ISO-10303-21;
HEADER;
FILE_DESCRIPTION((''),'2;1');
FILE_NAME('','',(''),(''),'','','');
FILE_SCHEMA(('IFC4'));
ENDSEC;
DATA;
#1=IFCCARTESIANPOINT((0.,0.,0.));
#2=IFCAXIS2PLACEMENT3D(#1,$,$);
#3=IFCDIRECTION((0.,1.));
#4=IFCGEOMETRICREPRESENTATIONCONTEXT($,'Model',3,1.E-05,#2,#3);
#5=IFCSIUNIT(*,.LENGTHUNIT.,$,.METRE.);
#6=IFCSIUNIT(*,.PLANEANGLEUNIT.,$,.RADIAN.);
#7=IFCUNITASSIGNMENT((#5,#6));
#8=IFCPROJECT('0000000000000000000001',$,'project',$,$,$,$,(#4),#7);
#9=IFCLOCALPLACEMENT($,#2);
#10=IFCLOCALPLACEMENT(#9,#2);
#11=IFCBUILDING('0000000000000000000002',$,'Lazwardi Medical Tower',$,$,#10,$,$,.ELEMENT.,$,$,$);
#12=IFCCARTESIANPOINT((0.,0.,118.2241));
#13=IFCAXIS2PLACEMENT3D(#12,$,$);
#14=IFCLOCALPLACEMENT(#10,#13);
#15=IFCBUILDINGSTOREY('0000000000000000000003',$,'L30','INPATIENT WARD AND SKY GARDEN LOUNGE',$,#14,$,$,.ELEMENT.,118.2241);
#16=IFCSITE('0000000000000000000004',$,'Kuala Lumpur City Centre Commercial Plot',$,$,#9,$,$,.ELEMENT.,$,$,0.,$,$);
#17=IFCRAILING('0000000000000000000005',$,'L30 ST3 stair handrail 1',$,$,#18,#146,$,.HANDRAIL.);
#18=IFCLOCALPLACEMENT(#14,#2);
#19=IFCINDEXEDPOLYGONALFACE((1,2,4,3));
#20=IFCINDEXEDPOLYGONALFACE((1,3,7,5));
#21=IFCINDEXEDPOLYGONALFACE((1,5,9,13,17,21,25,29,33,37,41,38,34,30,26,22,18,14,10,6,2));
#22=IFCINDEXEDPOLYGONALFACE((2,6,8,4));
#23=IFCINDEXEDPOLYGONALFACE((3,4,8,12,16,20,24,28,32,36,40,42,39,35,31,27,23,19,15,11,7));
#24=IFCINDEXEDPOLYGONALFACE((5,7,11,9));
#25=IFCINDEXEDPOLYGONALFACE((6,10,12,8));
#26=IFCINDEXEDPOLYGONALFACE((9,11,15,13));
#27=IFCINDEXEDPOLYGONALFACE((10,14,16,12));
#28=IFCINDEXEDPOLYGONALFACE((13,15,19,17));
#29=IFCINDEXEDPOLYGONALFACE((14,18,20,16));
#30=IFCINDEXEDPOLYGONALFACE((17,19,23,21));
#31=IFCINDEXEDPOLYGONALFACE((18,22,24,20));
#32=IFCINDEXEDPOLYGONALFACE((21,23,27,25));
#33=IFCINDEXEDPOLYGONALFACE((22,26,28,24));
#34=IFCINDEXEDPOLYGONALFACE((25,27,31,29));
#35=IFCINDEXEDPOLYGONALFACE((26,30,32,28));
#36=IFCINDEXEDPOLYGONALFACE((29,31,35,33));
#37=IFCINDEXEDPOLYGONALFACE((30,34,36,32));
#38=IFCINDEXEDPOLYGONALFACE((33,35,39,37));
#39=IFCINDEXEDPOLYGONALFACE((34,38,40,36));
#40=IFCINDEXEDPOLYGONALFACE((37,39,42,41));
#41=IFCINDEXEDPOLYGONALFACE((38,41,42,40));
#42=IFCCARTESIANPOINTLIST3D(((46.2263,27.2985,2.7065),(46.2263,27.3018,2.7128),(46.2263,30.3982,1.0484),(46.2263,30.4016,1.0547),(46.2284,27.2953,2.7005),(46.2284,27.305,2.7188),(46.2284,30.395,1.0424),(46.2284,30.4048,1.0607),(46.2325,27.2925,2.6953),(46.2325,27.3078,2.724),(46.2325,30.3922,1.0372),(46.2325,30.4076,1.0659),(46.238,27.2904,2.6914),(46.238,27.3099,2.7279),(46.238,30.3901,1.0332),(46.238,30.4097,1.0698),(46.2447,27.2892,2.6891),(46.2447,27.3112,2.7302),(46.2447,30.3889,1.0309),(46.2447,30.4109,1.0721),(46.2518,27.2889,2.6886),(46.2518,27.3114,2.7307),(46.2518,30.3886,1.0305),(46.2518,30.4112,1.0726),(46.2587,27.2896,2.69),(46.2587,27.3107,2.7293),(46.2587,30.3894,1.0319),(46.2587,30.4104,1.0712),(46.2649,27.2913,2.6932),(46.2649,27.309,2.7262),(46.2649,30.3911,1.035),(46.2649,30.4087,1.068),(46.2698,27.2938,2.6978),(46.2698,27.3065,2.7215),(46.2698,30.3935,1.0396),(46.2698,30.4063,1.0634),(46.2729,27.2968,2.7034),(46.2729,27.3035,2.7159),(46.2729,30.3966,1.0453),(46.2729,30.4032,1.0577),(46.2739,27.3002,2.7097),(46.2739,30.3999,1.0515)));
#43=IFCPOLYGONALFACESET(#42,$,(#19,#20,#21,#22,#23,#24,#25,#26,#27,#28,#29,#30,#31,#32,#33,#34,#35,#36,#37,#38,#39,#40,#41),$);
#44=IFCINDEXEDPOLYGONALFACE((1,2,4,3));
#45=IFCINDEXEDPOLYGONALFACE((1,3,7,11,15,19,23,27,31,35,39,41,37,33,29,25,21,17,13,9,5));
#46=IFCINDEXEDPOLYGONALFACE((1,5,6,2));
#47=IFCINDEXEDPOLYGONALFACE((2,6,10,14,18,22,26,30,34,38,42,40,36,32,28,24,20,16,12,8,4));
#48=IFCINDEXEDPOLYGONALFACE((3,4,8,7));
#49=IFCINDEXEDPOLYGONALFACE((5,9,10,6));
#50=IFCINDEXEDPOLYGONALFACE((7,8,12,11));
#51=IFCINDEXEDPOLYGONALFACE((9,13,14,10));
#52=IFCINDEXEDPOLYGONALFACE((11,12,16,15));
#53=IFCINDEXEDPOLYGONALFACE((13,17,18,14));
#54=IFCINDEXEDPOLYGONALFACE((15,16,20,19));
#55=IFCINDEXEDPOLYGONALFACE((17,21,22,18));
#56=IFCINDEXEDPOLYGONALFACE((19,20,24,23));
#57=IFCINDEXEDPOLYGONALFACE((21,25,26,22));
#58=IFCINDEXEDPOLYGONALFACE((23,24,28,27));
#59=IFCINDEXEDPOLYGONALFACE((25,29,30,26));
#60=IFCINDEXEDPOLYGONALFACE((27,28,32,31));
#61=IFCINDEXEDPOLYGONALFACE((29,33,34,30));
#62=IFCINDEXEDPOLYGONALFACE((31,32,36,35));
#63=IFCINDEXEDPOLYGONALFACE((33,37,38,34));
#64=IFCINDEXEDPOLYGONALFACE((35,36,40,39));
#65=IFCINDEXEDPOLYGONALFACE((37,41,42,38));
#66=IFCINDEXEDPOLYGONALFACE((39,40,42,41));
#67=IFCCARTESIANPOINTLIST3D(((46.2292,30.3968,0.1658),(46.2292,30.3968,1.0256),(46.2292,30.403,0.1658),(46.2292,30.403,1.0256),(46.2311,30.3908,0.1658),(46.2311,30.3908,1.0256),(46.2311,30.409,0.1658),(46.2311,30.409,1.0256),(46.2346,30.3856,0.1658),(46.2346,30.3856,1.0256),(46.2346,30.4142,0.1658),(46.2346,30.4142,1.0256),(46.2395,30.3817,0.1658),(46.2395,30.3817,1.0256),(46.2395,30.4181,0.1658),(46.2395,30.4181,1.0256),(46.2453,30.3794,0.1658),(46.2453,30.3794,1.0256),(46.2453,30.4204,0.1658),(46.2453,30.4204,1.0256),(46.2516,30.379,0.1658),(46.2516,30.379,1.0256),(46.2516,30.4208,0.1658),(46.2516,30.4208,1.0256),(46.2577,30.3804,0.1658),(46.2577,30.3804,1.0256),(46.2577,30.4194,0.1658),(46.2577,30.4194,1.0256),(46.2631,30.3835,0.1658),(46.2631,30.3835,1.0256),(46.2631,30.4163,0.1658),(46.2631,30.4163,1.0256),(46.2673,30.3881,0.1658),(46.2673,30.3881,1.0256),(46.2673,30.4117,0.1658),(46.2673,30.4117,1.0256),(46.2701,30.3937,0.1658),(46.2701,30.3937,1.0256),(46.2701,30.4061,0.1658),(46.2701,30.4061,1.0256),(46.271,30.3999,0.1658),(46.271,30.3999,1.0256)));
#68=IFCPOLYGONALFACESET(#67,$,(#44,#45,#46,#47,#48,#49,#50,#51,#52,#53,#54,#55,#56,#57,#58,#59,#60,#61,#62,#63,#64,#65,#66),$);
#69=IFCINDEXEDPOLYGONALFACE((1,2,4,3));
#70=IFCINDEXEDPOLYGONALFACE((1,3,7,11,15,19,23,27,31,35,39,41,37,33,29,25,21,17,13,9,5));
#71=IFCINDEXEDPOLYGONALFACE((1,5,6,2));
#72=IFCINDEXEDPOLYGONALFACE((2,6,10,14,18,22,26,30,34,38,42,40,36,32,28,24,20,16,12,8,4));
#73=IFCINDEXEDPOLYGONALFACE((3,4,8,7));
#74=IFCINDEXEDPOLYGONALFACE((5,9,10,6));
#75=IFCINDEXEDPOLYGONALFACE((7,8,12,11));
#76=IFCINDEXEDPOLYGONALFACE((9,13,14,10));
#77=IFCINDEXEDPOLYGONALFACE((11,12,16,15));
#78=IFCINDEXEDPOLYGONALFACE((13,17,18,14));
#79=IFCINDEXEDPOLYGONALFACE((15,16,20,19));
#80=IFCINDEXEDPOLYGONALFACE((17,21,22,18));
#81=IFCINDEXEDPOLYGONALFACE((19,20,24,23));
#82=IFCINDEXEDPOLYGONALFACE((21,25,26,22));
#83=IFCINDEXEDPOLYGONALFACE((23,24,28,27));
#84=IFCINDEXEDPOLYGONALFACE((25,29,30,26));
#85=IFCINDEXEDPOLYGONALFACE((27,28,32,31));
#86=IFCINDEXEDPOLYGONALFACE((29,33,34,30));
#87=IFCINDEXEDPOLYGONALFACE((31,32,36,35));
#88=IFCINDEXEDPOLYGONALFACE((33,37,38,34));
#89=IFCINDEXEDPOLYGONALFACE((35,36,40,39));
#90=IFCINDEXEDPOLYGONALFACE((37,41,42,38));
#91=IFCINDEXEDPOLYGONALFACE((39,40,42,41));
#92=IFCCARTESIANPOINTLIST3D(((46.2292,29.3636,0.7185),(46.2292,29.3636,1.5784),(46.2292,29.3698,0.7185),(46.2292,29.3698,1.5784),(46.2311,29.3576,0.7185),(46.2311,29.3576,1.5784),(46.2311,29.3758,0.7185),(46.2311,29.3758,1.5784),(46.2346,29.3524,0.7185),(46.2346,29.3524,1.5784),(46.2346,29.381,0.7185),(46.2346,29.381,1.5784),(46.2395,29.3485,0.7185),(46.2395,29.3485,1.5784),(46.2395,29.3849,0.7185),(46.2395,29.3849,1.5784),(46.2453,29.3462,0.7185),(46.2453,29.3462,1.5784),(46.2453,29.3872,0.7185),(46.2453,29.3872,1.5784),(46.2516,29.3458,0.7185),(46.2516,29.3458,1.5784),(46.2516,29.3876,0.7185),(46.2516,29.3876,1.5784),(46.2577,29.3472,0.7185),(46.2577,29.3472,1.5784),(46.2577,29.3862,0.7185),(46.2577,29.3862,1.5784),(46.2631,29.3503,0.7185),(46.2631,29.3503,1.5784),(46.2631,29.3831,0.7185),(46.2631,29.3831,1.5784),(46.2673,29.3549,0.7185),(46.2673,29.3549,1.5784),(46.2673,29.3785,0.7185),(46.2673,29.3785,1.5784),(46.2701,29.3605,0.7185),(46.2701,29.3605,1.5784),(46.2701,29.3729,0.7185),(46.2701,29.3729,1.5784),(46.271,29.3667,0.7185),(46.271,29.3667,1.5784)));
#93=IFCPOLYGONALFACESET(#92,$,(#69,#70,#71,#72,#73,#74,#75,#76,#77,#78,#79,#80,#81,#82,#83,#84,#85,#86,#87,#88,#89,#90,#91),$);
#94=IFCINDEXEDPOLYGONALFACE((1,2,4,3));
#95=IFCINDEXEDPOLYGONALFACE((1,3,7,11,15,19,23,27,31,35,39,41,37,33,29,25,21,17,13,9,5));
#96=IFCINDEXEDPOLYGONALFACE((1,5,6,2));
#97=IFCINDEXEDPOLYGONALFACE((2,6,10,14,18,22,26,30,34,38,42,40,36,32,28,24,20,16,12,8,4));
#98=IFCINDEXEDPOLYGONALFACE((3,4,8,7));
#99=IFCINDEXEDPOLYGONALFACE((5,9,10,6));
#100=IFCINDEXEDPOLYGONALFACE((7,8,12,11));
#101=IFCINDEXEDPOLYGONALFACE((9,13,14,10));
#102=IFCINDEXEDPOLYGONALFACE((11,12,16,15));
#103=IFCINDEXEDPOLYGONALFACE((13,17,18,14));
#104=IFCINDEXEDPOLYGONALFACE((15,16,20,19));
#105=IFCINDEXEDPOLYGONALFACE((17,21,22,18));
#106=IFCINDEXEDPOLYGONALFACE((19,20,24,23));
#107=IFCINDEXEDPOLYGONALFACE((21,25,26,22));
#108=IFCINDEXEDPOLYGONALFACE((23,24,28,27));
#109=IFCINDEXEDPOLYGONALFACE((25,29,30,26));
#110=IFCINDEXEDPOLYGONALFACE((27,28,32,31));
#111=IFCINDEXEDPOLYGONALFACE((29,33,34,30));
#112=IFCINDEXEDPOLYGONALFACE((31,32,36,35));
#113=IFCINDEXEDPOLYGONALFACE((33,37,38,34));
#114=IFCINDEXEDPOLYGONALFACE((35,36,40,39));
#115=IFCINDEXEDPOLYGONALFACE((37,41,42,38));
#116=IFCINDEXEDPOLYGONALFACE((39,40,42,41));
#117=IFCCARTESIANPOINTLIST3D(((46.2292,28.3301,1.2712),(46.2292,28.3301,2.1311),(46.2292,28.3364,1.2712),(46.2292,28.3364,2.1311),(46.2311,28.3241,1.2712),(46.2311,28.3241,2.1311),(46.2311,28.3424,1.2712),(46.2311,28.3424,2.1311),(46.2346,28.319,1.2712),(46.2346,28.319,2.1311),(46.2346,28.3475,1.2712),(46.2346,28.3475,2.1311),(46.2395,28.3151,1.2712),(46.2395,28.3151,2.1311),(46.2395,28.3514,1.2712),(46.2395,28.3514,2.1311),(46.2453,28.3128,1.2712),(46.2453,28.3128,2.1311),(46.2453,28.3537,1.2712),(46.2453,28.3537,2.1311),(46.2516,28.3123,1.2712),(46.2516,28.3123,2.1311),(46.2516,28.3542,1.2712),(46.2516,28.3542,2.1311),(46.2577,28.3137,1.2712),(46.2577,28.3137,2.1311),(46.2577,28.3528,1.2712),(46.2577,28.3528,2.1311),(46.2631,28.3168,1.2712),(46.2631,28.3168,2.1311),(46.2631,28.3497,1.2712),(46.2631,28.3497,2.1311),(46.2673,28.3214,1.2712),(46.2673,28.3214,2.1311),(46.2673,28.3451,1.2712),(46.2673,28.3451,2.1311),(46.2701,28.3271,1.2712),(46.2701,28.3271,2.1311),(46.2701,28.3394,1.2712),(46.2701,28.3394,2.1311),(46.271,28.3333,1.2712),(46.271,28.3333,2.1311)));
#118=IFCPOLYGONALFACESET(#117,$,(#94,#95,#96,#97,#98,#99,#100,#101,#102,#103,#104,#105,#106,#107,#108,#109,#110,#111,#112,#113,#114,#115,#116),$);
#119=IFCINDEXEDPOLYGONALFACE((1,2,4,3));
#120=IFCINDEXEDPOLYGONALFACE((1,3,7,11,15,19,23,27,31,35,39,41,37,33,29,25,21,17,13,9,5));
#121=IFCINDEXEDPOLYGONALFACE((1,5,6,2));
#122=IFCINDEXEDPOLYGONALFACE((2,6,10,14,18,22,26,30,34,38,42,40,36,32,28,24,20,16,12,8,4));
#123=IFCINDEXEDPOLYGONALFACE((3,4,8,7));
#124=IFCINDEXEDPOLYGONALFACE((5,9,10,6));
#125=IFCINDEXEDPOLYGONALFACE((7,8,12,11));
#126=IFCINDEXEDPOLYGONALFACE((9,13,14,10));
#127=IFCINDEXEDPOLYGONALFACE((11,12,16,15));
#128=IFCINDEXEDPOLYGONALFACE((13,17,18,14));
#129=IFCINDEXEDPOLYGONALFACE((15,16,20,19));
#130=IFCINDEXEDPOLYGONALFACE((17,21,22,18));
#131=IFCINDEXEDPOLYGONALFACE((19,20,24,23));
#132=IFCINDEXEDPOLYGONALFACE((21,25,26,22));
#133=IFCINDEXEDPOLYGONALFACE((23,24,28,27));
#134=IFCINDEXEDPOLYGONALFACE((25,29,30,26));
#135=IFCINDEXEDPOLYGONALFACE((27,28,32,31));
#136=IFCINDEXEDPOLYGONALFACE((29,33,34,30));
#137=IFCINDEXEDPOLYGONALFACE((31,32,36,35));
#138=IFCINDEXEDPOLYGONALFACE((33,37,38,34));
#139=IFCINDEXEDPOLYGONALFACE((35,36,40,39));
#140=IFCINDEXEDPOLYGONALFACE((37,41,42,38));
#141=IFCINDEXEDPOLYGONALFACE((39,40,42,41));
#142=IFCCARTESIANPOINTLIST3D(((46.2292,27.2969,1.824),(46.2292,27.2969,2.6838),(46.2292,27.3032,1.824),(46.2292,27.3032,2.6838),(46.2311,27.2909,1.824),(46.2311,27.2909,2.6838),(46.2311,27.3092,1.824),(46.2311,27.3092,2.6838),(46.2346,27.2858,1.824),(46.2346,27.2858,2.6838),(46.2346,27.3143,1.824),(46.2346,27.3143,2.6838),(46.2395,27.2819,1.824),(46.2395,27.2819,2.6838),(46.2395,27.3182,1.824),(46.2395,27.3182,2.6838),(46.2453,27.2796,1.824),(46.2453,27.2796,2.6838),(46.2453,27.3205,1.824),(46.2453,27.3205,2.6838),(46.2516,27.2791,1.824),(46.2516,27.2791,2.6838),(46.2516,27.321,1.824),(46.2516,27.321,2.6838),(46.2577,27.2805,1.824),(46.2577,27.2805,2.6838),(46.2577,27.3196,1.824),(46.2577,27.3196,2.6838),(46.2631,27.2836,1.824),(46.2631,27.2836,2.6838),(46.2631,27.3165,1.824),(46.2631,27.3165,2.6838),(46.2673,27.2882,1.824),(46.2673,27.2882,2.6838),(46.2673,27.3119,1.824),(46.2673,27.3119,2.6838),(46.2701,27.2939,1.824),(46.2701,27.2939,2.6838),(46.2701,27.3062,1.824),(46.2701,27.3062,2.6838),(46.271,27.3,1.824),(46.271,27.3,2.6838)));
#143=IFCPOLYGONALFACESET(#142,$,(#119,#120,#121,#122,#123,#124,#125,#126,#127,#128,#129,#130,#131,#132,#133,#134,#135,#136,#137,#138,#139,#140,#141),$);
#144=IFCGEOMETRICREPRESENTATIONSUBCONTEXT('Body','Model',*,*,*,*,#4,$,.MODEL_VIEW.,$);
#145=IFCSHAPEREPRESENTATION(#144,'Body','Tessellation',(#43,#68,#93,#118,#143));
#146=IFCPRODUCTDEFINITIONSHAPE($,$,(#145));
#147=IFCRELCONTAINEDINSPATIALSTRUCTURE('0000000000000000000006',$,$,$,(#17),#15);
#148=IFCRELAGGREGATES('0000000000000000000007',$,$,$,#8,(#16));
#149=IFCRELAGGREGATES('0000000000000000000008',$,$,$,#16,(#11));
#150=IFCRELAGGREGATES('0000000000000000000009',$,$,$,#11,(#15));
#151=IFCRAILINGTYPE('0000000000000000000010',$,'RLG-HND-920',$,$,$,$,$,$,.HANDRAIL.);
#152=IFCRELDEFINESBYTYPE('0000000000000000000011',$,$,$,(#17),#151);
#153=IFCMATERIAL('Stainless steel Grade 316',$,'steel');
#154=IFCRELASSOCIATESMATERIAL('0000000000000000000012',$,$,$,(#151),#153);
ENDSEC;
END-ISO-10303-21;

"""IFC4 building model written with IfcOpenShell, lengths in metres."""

from ifc_helpers import new_model, si_unit, direction, frame, origin, origin_2d, place, context, subcontext, project, spatial, circle, extrude, material, type_object, element, save


model = new_model("IFC4")

# Units and contexts
model_context = context("Model", 3, precision=1e-05, world=origin(), true_north=direction((0.0, 1.0)))
body_context = subcontext(model_context, "Body", "Model", "MODEL_VIEW")
ifc_project = project(units=[si_unit("LENGTHUNIT", "METRE"), si_unit("PLANEANGLEUNIT", "RADIAN")], contexts=[model_context])

# Site, building, storey
site_placement = place(None, origin())
site = spatial("IfcSite", under=ifc_project, at=site_placement, Name="Kuala Lumpur City Centre Commercial Plot", CompositionType="ELEMENT", RefElevation=0.0)
building_placement = place(site_placement, origin())
building = spatial("IfcBuilding", under=site, at=building_placement, Name="Lazwardi Medical Tower", CompositionType="ELEMENT")
storey_placement = place(building_placement, frame((0.0, 0.0, 118.2241)))
storey = spatial("IfcBuildingStorey", under=building, at=storey_placement, Name="L30", Description="INPATIENT WARD AND SKY GARDEN LOUNGE", CompositionType="ELEMENT", Elevation=118.2241)

# Railing
ifc_material_1 = material(Name="Stainless steel Grade 316", Category="steel")
railing_type_1 = type_object("IfcRailingType", Name="RLG-HND-920", PredefinedType="HANDRAIL", material=ifc_material_1)
railing_1_placement = place(storey_placement, frame((46.25, 30.3999, 0.1658)))
element("IfcRailing", 1, at=railing_1_placement, inside=storey, type_object=railing_type_1, Name="L30 ST3 stair handrail 1", PredefinedType="HANDRAIL", context=body_context, shape_type="SweptSolid", body=[
    extrude(circle(Radius=0.0239, at=origin_2d()), frame((0.0, 0.0, 0.8857), z_axis=(0.0, -0.881768, 0.471684), x_axis=(1.0, 0.0, 0.0)), (0.0, 0.0, 1.0), 3.5154),
    extrude(circle(Radius=0.021, at=origin_2d()), origin(), (0.0, 0.0, 1.0), 0.8599),
    extrude(circle(Radius=0.021, at=origin_2d()), frame((0.0, -1.0332, 0.5527)), (0.0, 0.0, 1.0), 0.8599),
    extrude(circle(Radius=0.021, at=origin_2d()), frame((0.0, -2.0667, 1.1055)), (0.0, 0.0, 1.0), 0.8599),
    extrude(circle(Radius=0.021, at=origin_2d()), frame((0.0, -3.0999, 1.6582)), (0.0, 0.0, 1.0), 0.8599),
])

save(model, "model.ifc")
